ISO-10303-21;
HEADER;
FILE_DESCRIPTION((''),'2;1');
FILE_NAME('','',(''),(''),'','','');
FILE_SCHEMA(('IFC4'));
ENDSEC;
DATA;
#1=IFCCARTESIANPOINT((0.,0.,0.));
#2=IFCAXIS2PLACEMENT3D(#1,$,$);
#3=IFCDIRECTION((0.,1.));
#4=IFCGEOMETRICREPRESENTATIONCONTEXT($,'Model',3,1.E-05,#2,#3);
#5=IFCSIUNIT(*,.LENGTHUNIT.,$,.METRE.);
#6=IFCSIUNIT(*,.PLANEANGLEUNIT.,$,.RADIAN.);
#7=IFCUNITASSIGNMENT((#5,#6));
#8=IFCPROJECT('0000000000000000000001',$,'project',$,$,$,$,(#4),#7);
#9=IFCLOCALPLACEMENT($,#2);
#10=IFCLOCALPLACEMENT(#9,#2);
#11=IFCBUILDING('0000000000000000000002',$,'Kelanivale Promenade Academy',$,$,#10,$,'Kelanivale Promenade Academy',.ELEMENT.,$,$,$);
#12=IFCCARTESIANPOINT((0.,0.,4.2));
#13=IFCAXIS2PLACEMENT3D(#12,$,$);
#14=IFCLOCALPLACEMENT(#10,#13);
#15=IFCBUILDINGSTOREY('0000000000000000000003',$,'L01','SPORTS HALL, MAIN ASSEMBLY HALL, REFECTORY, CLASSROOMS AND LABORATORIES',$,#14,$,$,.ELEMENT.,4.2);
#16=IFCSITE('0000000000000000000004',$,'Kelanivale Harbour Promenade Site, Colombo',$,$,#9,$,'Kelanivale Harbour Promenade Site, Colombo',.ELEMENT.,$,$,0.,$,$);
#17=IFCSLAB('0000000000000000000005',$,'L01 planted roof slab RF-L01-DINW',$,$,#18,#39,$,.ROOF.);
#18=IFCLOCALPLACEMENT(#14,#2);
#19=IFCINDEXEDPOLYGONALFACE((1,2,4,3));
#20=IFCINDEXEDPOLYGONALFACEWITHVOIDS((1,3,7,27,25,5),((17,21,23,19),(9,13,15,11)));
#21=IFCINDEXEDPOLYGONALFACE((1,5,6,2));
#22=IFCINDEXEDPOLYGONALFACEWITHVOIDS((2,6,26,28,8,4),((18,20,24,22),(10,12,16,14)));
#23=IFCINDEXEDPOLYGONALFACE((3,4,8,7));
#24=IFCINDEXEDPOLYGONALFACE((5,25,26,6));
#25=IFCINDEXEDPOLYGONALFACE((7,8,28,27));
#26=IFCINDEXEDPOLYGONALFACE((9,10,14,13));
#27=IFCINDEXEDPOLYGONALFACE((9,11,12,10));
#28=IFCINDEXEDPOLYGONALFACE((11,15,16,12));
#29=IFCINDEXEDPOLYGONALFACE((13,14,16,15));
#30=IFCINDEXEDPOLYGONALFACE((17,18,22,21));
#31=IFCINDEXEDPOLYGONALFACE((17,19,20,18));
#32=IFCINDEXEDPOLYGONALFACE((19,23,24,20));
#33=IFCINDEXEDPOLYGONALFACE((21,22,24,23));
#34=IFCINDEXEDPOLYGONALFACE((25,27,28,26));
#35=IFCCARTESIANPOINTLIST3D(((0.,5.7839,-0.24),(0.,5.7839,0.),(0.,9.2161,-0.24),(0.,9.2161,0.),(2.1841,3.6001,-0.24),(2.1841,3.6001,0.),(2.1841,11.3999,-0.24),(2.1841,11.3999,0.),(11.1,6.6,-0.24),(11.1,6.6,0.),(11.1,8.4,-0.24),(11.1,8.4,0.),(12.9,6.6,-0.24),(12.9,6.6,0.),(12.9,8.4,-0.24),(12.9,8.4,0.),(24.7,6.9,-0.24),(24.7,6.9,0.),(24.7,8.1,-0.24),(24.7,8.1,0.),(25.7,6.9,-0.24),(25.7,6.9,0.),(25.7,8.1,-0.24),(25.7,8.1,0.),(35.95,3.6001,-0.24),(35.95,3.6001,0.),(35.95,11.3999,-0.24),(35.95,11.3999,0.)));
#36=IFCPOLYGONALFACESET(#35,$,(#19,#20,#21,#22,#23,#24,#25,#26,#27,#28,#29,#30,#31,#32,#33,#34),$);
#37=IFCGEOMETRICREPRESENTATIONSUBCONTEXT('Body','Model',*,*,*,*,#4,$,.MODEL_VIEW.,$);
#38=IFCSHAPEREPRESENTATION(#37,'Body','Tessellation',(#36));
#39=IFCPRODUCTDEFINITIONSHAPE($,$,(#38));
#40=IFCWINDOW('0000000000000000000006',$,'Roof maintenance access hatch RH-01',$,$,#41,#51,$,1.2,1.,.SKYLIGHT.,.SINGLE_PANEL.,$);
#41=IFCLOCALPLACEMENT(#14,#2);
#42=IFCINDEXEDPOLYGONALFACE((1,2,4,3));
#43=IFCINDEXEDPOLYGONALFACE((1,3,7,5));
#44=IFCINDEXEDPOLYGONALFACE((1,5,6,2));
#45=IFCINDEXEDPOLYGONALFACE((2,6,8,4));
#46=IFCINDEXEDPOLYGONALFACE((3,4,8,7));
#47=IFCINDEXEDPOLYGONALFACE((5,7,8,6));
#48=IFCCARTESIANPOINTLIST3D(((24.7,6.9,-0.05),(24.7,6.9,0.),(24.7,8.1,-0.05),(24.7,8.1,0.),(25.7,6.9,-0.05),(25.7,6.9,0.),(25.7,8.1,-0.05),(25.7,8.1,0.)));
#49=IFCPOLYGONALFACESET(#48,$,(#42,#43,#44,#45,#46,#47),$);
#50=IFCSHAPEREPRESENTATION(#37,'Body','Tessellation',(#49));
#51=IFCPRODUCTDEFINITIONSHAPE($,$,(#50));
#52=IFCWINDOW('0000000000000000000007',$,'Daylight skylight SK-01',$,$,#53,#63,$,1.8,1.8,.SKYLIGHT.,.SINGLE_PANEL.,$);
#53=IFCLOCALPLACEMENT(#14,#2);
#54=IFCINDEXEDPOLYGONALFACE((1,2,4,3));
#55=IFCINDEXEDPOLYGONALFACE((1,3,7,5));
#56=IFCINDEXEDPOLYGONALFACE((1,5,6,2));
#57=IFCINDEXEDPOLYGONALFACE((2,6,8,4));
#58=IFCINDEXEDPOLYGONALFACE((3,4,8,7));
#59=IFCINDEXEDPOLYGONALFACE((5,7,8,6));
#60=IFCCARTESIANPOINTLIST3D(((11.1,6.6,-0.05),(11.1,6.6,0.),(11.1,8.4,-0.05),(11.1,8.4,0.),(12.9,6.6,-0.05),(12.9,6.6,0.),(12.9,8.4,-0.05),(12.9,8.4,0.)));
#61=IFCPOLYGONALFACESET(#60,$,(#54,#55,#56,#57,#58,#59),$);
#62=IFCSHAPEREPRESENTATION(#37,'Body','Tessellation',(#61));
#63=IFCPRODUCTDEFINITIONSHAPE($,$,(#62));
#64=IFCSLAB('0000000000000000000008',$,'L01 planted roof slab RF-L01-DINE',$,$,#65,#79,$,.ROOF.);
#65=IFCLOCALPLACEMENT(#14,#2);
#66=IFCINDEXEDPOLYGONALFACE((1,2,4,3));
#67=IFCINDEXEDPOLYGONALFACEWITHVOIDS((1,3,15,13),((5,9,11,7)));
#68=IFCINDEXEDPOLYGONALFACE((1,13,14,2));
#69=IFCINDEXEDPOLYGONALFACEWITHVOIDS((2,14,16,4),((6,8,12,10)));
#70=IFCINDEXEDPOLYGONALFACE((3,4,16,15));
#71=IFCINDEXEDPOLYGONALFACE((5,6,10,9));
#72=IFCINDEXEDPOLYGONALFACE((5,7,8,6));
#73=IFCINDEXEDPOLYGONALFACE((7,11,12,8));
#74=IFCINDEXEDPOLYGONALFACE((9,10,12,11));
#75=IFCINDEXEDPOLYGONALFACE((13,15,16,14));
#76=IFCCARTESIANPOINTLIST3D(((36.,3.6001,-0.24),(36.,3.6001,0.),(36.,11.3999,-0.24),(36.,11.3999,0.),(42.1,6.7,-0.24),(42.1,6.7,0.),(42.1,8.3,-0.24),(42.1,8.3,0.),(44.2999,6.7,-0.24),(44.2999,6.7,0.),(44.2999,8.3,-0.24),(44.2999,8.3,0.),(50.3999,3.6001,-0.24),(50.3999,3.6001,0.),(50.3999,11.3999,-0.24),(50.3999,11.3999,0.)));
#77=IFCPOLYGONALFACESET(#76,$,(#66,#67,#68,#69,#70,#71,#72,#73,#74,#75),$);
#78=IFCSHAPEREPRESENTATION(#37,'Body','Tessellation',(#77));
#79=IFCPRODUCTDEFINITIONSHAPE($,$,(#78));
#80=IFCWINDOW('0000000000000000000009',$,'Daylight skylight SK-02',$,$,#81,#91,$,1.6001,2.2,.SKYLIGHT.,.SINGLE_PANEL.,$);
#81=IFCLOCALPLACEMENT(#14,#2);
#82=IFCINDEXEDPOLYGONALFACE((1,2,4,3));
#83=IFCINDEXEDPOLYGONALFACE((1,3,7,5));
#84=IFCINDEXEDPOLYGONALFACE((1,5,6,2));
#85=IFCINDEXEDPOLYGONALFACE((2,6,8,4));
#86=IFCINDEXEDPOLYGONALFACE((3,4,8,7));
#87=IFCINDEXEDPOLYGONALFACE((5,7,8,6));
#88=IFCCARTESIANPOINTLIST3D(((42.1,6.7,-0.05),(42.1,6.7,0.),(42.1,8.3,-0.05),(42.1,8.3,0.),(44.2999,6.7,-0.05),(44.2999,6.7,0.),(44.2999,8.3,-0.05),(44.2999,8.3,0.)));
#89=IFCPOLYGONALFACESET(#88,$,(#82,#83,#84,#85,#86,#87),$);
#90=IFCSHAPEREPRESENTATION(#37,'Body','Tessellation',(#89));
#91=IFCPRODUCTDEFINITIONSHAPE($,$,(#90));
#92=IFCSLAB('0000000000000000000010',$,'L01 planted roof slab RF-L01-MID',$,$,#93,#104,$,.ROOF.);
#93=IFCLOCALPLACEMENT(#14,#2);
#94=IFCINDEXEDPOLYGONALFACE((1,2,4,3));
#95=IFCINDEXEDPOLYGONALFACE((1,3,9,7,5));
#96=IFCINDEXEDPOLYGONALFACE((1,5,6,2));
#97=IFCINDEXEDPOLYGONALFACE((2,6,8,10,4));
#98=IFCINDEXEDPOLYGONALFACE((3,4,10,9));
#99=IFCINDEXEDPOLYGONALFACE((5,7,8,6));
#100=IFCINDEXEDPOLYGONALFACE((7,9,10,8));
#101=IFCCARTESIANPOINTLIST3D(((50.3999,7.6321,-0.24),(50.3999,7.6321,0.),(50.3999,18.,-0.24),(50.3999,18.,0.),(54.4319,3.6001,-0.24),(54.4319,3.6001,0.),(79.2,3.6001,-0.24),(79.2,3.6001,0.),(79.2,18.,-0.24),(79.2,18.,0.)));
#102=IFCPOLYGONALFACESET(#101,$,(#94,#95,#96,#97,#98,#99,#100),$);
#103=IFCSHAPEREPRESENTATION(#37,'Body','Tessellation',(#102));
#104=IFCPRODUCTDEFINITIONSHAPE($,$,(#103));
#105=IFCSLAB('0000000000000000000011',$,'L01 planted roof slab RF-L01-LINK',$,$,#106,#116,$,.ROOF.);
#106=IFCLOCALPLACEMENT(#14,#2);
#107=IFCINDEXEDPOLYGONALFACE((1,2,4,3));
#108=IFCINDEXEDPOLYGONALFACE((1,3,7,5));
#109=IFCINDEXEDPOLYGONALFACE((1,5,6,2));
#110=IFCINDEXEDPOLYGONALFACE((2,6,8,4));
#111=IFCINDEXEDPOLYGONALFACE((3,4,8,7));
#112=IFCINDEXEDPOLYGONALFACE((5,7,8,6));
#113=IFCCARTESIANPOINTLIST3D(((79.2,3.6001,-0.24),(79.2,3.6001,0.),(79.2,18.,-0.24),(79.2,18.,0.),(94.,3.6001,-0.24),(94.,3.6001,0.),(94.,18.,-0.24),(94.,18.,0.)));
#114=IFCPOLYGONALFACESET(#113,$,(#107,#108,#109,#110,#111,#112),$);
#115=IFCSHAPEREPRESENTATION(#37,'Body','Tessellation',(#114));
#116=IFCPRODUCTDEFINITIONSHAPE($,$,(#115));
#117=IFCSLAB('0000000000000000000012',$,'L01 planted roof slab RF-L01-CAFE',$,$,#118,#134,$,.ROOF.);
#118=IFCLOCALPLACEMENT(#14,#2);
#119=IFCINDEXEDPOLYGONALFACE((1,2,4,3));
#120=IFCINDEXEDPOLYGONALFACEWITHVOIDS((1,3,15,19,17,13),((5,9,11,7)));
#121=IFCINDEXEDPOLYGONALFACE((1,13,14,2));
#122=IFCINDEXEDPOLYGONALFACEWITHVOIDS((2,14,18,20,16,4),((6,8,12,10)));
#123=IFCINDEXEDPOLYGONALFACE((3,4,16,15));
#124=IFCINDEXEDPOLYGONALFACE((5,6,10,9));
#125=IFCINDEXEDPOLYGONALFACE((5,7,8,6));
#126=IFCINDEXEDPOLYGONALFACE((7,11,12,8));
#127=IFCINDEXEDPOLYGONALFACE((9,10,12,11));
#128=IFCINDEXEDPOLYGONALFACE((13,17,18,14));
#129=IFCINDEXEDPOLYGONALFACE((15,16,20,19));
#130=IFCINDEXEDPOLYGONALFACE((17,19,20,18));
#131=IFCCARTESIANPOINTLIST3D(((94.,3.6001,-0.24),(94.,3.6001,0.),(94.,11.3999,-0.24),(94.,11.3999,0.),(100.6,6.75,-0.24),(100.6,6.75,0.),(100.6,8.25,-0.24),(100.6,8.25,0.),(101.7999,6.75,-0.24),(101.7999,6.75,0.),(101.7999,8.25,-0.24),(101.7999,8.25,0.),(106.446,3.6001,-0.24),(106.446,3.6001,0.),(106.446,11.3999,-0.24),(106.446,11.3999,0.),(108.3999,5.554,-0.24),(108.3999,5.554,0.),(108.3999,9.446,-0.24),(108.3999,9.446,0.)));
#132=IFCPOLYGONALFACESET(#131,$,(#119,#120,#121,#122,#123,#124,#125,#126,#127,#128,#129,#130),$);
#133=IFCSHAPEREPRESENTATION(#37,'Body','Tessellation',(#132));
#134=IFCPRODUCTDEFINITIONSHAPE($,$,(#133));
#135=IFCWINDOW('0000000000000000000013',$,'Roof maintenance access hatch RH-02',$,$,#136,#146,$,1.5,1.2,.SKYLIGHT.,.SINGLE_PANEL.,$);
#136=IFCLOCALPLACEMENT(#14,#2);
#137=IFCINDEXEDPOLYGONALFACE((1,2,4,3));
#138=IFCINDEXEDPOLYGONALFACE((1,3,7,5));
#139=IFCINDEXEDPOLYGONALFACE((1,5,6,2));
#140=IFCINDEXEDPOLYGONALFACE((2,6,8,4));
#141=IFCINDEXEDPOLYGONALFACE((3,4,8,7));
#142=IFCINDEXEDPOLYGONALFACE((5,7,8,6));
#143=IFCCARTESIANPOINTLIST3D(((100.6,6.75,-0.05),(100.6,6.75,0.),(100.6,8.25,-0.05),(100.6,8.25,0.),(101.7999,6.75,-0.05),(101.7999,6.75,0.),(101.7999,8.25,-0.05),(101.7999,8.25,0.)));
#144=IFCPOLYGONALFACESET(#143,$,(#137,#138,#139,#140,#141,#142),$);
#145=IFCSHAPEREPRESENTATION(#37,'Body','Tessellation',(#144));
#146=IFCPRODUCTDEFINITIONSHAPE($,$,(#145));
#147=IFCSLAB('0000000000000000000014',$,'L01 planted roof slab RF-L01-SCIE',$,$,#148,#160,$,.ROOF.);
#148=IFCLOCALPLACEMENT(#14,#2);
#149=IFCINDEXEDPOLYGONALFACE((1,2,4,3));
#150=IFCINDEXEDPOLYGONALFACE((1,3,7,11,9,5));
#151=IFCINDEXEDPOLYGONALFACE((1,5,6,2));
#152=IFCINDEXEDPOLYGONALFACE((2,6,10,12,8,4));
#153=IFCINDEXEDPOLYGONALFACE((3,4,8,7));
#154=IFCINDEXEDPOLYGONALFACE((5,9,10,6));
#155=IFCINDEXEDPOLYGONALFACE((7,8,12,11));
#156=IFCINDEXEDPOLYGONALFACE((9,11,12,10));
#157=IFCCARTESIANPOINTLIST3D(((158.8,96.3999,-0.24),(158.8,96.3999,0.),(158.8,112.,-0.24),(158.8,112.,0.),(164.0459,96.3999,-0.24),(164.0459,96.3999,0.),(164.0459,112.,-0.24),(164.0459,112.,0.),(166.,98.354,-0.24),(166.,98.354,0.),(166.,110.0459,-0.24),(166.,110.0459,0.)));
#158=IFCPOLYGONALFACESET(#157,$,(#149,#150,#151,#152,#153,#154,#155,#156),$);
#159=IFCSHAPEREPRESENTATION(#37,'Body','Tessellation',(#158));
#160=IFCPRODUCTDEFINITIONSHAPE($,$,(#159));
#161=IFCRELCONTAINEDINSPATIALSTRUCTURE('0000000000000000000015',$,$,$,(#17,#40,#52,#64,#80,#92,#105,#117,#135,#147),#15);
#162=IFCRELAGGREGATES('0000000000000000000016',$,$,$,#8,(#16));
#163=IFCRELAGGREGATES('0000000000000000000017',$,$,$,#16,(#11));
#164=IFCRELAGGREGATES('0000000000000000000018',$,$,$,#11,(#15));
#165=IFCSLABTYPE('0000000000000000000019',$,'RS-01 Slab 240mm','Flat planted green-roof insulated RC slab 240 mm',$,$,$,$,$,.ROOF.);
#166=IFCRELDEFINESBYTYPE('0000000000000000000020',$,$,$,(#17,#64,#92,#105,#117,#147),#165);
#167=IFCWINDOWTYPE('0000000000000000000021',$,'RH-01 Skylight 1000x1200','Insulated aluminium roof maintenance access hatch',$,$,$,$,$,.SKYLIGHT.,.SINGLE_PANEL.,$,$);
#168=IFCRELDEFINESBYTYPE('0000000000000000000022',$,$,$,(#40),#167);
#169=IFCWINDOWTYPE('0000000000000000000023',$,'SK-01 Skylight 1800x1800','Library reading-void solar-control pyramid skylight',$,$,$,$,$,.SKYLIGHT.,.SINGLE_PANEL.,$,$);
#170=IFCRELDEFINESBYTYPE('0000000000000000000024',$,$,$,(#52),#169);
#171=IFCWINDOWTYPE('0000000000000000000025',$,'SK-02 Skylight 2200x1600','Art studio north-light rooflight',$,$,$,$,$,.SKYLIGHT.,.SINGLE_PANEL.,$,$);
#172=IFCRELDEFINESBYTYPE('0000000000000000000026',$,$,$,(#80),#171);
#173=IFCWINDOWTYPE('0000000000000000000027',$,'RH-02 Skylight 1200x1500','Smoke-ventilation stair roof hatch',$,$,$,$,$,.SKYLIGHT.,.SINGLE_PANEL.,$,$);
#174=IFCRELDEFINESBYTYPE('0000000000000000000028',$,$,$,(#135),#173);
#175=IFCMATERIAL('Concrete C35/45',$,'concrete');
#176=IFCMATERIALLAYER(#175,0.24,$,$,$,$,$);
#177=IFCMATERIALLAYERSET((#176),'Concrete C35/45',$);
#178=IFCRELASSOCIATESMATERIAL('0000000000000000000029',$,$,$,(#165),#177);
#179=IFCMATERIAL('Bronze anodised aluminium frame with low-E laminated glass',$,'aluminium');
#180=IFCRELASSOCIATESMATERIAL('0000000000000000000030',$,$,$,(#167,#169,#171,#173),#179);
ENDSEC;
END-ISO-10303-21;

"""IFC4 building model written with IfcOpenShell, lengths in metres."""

from ifc_helpers import new_model, si_unit, direction, frame, origin, origin_2d, place, context, subcontext, project, spatial, polyline, rectangle, outline, extrude, material, layer, layer_set, type_object, element, fill, save


model = new_model("IFC4")

# Units and contexts
model_context = context("Model", 3, precision=1e-05, world=origin(), true_north=direction((0.0, 1.0)))
body_context = subcontext(model_context, "Body", "Model", "MODEL_VIEW")
ifc_project = project(units=[si_unit("LENGTHUNIT", "METRE"), si_unit("PLANEANGLEUNIT", "RADIAN")], contexts=[model_context])

# Site, building, storey
site_placement = place(None, origin())
site = spatial("IfcSite", under=ifc_project, at=site_placement, Name="Kelanivale Harbour Promenade Site, Colombo", LongName="Kelanivale Harbour Promenade Site, Colombo", CompositionType="ELEMENT", RefElevation=0.0)
building_placement = place(site_placement, origin())
building = spatial("IfcBuilding", under=site, at=building_placement, Name="Kelanivale Promenade Academy", LongName="Kelanivale Promenade Academy", CompositionType="ELEMENT")
storey_placement = place(building_placement, frame((0.0, 0.0, 4.2)))
storey = spatial("IfcBuildingStorey", under=building, at=storey_placement, Name="L01", Description="SPORTS HALL, MAIN ASSEMBLY HALL, REFECTORY, CLASSROOMS AND LABORATORIES", CompositionType="ELEMENT", Elevation=4.2)

# Shared definitions
ifc_material_1 = material(Name="Concrete C35/45", Category="concrete")
ifc_layer_1 = layer(ifc_material_1, 0.24)
ifc_layer_set_1 = layer_set([ifc_layer_1], Name="Concrete C35/45")
slab_type_1 = type_object("IfcSlabType", Name="RS-01 Slab 240mm", Description="Flat planted green-roof insulated RC slab 240 mm", PredefinedType="ROOF", material=ifc_layer_set_1)

# Slab, openings, windows
slab_1_placement = place(storey_placement, frame((0.0, 0.0, -0.24)))
slab_1 = element("IfcSlab", 1, at=slab_1_placement, inside=storey, type_object=slab_type_1, Name="L01 planted roof slab RF-L01-DINW", PredefinedType="ROOF", context=body_context, shape_type="SweptSolid", body=[
    extrude(outline(polyline([(2.1841, 3.6001), (35.95, 3.6001), (35.95, 11.3999), (2.1841, 11.3999), (0.0, 9.2161), (0.0, 5.7839), (2.1841, 3.6001)])), origin(), (0.0, 0.0, 1.0), 0.24),
])
opening_1_placement = place(slab_1_placement, frame((25.2, 7.5, 0.0)))
opening_1 = element("IfcOpeningElement", 2, at=opening_1_placement, cuts=slab_1, PredefinedType="OPENING", context=body_context, shape_type="SweptSolid", body=[
    extrude(rectangle(XDim=1.0, YDim=1.2, at=origin_2d()), frame((0.0, 0.0, -0.01)), (0.0, 0.0, 1.0), 0.26),
])
opening_2_placement = place(slab_1_placement, frame((12.0, 7.5, 0.0)))
opening_2 = element("IfcOpeningElement", 3, at=opening_2_placement, cuts=slab_1, PredefinedType="OPENING", context=body_context, shape_type="SweptSolid", body=[
    extrude(rectangle(XDim=1.8, YDim=1.8, at=origin_2d()), frame((0.0, 0.0, -0.01)), (0.0, 0.0, 1.0), 0.26),
])
ifc_material_2 = material(Name="Bronze anodised aluminium frame with low-E laminated glass", Category="aluminium")
window_type_1 = type_object("IfcWindowType", Name="RH-01 Skylight 1000x1200", Description="Insulated aluminium roof maintenance access hatch", PartitioningType="SINGLE_PANEL", PredefinedType="SKYLIGHT", material=ifc_material_2)
window_1_placement = place(opening_1_placement, frame((0.0, 0.0, 0.1899)))
window_1 = element("IfcWindow", 4, at=window_1_placement, inside=storey, type_object=window_type_1, Name="Roof maintenance access hatch RH-01", OverallHeight=1.2, OverallWidth=1.0, PartitioningType="SINGLE_PANEL", PredefinedType="SKYLIGHT", context=body_context, shape_type="SweptSolid", body=[
    extrude(rectangle(XDim=1.0, YDim=1.2, at=origin_2d()), origin(), (0.0, 0.0, 1.0), 0.05),
])
fill(opening_1, window_1)
window_type_2 = type_object("IfcWindowType", Name="SK-01 Skylight 1800x1800", Description="Library reading-void solar-control pyramid skylight", PartitioningType="SINGLE_PANEL", PredefinedType="SKYLIGHT", material=ifc_material_2)
window_2_placement = place(opening_2_placement, frame((0.0, 0.0, 0.1899)))
window_2 = element("IfcWindow", 5, at=window_2_placement, inside=storey, type_object=window_type_2, Name="Daylight skylight SK-01", OverallHeight=1.8, OverallWidth=1.8, PartitioningType="SINGLE_PANEL", PredefinedType="SKYLIGHT", context=body_context, shape_type="SweptSolid", body=[
    extrude(rectangle(XDim=1.8, YDim=1.8, at=origin_2d()), origin(), (0.0, 0.0, 1.0), 0.05),
])
fill(opening_2, window_2)

# Slab, opening, window
slab_2_placement = place(storey_placement, frame((0.0, 0.0, -0.24)))
slab_2 = element("IfcSlab", 6, at=slab_2_placement, inside=storey, type_object=slab_type_1, Name="L01 planted roof slab RF-L01-DINE", PredefinedType="ROOF", context=body_context, shape_type="SweptSolid", body=[
    extrude(outline(polyline([(50.3999, 3.6001), (50.3999, 11.3999), (36.0, 11.3999), (36.0, 3.6001), (50.3999, 3.6001)])), origin(), (0.0, 0.0, 1.0), 0.24),
])
opening_3_placement = place(slab_2_placement, frame((43.2, 7.5, 0.0)))
opening_3 = element("IfcOpeningElement", 7, at=opening_3_placement, cuts=slab_2, PredefinedType="OPENING", context=body_context, shape_type="SweptSolid", body=[
    extrude(rectangle(XDim=2.2, YDim=1.6001, at=origin_2d()), frame((0.0, 0.0, -0.01)), (0.0, 0.0, 1.0), 0.26),
])
window_type_3 = type_object("IfcWindowType", Name="SK-02 Skylight 2200x1600", Description="Art studio north-light rooflight", PartitioningType="SINGLE_PANEL", PredefinedType="SKYLIGHT", material=ifc_material_2)
window_3_placement = place(opening_3_placement, frame((0.0, 0.0, 0.1899)))
window_3 = element("IfcWindow", 8, at=window_3_placement, inside=storey, type_object=window_type_3, Name="Daylight skylight SK-02", OverallHeight=1.6001, OverallWidth=2.2, PartitioningType="SINGLE_PANEL", PredefinedType="SKYLIGHT", context=body_context, shape_type="SweptSolid", body=[
    extrude(rectangle(XDim=2.2, YDim=1.6001, at=origin_2d()), origin(), (0.0, 0.0, 1.0), 0.05),
])
fill(opening_3, window_3)

# Slabs
slab_3_placement = place(storey_placement, frame((0.0, 0.0, -0.24)))
element("IfcSlab", 9, at=slab_3_placement, inside=storey, type_object=slab_type_1, Name="L01 planted roof slab RF-L01-MID", PredefinedType="ROOF", context=body_context, shape_type="SweptSolid", body=[
    extrude(outline(polyline([(50.3999, 18.0), (50.3999, 7.6321), (54.4319, 3.6001), (79.2, 3.6001), (79.2, 18.0), (50.3999, 18.0)])), origin(), (0.0, 0.0, 1.0), 0.24),
])
slab_4_placement = place(storey_placement, frame((0.0, 0.0, -0.24)))
element("IfcSlab", 10, at=slab_4_placement, inside=storey, type_object=slab_type_1, Name="L01 planted roof slab RF-L01-LINK", PredefinedType="ROOF", context=body_context, shape_type="SweptSolid", body=[
    extrude(outline(polyline([(94.0, 3.6001), (94.0, 18.0), (79.2, 18.0), (79.2, 3.6001), (94.0, 3.6001)])), origin(), (0.0, 0.0, 1.0), 0.24),
])

# Slab, opening, window
slab_5_placement = place(storey_placement, frame((0.0, 0.0, -0.24)))
slab_5 = element("IfcSlab", 11, at=slab_5_placement, inside=storey, type_object=slab_type_1, Name="L01 planted roof slab RF-L01-CAFE", PredefinedType="ROOF", context=body_context, shape_type="SweptSolid", body=[
    extrude(outline(polyline([(106.446, 3.6001), (108.3999, 5.554), (108.3999, 9.446), (106.446, 11.3999), (94.0, 11.3999), (94.0, 3.6001), (106.446, 3.6001)])), origin(), (0.0, 0.0, 1.0), 0.24),
])
opening_4_placement = place(slab_5_placement, frame((101.2, 7.5, 0.0)))
opening_4 = element("IfcOpeningElement", 12, at=opening_4_placement, cuts=slab_5, PredefinedType="OPENING", context=body_context, shape_type="SweptSolid", body=[
    extrude(rectangle(XDim=1.2, YDim=1.5, at=origin_2d()), frame((0.0, 0.0, -0.01)), (0.0, 0.0, 1.0), 0.26),
])
window_type_4 = type_object("IfcWindowType", Name="RH-02 Skylight 1200x1500", Description="Smoke-ventilation stair roof hatch", PartitioningType="SINGLE_PANEL", PredefinedType="SKYLIGHT", material=ifc_material_2)
window_4_placement = place(opening_4_placement, frame((0.0, 0.0, 0.1899)))
window_4 = element("IfcWindow", 13, at=window_4_placement, inside=storey, type_object=window_type_4, Name="Roof maintenance access hatch RH-02", OverallHeight=1.5, OverallWidth=1.2, PartitioningType="SINGLE_PANEL", PredefinedType="SKYLIGHT", context=body_context, shape_type="SweptSolid", body=[
    extrude(rectangle(XDim=1.2, YDim=1.5, at=origin_2d()), origin(), (0.0, 0.0, 1.0), 0.05),
])
fill(opening_4, window_4)

# Slab
slab_6_placement = place(storey_placement, frame((0.0, 0.0, -0.24)))
element("IfcSlab", 14, at=slab_6_placement, inside=storey, type_object=slab_type_1, Name="L01 planted roof slab RF-L01-SCIE", PredefinedType="ROOF", context=body_context, shape_type="SweptSolid", body=[
    extrude(outline(polyline([(164.0459, 96.3999), (166.0, 98.354), (166.0, 110.0459), (164.0459, 112.0), (158.8, 112.0), (158.8, 96.3999), (164.0459, 96.3999)])), origin(), (0.0, 0.0, 1.0), 0.24),
])

save(model, "model.ifc")
